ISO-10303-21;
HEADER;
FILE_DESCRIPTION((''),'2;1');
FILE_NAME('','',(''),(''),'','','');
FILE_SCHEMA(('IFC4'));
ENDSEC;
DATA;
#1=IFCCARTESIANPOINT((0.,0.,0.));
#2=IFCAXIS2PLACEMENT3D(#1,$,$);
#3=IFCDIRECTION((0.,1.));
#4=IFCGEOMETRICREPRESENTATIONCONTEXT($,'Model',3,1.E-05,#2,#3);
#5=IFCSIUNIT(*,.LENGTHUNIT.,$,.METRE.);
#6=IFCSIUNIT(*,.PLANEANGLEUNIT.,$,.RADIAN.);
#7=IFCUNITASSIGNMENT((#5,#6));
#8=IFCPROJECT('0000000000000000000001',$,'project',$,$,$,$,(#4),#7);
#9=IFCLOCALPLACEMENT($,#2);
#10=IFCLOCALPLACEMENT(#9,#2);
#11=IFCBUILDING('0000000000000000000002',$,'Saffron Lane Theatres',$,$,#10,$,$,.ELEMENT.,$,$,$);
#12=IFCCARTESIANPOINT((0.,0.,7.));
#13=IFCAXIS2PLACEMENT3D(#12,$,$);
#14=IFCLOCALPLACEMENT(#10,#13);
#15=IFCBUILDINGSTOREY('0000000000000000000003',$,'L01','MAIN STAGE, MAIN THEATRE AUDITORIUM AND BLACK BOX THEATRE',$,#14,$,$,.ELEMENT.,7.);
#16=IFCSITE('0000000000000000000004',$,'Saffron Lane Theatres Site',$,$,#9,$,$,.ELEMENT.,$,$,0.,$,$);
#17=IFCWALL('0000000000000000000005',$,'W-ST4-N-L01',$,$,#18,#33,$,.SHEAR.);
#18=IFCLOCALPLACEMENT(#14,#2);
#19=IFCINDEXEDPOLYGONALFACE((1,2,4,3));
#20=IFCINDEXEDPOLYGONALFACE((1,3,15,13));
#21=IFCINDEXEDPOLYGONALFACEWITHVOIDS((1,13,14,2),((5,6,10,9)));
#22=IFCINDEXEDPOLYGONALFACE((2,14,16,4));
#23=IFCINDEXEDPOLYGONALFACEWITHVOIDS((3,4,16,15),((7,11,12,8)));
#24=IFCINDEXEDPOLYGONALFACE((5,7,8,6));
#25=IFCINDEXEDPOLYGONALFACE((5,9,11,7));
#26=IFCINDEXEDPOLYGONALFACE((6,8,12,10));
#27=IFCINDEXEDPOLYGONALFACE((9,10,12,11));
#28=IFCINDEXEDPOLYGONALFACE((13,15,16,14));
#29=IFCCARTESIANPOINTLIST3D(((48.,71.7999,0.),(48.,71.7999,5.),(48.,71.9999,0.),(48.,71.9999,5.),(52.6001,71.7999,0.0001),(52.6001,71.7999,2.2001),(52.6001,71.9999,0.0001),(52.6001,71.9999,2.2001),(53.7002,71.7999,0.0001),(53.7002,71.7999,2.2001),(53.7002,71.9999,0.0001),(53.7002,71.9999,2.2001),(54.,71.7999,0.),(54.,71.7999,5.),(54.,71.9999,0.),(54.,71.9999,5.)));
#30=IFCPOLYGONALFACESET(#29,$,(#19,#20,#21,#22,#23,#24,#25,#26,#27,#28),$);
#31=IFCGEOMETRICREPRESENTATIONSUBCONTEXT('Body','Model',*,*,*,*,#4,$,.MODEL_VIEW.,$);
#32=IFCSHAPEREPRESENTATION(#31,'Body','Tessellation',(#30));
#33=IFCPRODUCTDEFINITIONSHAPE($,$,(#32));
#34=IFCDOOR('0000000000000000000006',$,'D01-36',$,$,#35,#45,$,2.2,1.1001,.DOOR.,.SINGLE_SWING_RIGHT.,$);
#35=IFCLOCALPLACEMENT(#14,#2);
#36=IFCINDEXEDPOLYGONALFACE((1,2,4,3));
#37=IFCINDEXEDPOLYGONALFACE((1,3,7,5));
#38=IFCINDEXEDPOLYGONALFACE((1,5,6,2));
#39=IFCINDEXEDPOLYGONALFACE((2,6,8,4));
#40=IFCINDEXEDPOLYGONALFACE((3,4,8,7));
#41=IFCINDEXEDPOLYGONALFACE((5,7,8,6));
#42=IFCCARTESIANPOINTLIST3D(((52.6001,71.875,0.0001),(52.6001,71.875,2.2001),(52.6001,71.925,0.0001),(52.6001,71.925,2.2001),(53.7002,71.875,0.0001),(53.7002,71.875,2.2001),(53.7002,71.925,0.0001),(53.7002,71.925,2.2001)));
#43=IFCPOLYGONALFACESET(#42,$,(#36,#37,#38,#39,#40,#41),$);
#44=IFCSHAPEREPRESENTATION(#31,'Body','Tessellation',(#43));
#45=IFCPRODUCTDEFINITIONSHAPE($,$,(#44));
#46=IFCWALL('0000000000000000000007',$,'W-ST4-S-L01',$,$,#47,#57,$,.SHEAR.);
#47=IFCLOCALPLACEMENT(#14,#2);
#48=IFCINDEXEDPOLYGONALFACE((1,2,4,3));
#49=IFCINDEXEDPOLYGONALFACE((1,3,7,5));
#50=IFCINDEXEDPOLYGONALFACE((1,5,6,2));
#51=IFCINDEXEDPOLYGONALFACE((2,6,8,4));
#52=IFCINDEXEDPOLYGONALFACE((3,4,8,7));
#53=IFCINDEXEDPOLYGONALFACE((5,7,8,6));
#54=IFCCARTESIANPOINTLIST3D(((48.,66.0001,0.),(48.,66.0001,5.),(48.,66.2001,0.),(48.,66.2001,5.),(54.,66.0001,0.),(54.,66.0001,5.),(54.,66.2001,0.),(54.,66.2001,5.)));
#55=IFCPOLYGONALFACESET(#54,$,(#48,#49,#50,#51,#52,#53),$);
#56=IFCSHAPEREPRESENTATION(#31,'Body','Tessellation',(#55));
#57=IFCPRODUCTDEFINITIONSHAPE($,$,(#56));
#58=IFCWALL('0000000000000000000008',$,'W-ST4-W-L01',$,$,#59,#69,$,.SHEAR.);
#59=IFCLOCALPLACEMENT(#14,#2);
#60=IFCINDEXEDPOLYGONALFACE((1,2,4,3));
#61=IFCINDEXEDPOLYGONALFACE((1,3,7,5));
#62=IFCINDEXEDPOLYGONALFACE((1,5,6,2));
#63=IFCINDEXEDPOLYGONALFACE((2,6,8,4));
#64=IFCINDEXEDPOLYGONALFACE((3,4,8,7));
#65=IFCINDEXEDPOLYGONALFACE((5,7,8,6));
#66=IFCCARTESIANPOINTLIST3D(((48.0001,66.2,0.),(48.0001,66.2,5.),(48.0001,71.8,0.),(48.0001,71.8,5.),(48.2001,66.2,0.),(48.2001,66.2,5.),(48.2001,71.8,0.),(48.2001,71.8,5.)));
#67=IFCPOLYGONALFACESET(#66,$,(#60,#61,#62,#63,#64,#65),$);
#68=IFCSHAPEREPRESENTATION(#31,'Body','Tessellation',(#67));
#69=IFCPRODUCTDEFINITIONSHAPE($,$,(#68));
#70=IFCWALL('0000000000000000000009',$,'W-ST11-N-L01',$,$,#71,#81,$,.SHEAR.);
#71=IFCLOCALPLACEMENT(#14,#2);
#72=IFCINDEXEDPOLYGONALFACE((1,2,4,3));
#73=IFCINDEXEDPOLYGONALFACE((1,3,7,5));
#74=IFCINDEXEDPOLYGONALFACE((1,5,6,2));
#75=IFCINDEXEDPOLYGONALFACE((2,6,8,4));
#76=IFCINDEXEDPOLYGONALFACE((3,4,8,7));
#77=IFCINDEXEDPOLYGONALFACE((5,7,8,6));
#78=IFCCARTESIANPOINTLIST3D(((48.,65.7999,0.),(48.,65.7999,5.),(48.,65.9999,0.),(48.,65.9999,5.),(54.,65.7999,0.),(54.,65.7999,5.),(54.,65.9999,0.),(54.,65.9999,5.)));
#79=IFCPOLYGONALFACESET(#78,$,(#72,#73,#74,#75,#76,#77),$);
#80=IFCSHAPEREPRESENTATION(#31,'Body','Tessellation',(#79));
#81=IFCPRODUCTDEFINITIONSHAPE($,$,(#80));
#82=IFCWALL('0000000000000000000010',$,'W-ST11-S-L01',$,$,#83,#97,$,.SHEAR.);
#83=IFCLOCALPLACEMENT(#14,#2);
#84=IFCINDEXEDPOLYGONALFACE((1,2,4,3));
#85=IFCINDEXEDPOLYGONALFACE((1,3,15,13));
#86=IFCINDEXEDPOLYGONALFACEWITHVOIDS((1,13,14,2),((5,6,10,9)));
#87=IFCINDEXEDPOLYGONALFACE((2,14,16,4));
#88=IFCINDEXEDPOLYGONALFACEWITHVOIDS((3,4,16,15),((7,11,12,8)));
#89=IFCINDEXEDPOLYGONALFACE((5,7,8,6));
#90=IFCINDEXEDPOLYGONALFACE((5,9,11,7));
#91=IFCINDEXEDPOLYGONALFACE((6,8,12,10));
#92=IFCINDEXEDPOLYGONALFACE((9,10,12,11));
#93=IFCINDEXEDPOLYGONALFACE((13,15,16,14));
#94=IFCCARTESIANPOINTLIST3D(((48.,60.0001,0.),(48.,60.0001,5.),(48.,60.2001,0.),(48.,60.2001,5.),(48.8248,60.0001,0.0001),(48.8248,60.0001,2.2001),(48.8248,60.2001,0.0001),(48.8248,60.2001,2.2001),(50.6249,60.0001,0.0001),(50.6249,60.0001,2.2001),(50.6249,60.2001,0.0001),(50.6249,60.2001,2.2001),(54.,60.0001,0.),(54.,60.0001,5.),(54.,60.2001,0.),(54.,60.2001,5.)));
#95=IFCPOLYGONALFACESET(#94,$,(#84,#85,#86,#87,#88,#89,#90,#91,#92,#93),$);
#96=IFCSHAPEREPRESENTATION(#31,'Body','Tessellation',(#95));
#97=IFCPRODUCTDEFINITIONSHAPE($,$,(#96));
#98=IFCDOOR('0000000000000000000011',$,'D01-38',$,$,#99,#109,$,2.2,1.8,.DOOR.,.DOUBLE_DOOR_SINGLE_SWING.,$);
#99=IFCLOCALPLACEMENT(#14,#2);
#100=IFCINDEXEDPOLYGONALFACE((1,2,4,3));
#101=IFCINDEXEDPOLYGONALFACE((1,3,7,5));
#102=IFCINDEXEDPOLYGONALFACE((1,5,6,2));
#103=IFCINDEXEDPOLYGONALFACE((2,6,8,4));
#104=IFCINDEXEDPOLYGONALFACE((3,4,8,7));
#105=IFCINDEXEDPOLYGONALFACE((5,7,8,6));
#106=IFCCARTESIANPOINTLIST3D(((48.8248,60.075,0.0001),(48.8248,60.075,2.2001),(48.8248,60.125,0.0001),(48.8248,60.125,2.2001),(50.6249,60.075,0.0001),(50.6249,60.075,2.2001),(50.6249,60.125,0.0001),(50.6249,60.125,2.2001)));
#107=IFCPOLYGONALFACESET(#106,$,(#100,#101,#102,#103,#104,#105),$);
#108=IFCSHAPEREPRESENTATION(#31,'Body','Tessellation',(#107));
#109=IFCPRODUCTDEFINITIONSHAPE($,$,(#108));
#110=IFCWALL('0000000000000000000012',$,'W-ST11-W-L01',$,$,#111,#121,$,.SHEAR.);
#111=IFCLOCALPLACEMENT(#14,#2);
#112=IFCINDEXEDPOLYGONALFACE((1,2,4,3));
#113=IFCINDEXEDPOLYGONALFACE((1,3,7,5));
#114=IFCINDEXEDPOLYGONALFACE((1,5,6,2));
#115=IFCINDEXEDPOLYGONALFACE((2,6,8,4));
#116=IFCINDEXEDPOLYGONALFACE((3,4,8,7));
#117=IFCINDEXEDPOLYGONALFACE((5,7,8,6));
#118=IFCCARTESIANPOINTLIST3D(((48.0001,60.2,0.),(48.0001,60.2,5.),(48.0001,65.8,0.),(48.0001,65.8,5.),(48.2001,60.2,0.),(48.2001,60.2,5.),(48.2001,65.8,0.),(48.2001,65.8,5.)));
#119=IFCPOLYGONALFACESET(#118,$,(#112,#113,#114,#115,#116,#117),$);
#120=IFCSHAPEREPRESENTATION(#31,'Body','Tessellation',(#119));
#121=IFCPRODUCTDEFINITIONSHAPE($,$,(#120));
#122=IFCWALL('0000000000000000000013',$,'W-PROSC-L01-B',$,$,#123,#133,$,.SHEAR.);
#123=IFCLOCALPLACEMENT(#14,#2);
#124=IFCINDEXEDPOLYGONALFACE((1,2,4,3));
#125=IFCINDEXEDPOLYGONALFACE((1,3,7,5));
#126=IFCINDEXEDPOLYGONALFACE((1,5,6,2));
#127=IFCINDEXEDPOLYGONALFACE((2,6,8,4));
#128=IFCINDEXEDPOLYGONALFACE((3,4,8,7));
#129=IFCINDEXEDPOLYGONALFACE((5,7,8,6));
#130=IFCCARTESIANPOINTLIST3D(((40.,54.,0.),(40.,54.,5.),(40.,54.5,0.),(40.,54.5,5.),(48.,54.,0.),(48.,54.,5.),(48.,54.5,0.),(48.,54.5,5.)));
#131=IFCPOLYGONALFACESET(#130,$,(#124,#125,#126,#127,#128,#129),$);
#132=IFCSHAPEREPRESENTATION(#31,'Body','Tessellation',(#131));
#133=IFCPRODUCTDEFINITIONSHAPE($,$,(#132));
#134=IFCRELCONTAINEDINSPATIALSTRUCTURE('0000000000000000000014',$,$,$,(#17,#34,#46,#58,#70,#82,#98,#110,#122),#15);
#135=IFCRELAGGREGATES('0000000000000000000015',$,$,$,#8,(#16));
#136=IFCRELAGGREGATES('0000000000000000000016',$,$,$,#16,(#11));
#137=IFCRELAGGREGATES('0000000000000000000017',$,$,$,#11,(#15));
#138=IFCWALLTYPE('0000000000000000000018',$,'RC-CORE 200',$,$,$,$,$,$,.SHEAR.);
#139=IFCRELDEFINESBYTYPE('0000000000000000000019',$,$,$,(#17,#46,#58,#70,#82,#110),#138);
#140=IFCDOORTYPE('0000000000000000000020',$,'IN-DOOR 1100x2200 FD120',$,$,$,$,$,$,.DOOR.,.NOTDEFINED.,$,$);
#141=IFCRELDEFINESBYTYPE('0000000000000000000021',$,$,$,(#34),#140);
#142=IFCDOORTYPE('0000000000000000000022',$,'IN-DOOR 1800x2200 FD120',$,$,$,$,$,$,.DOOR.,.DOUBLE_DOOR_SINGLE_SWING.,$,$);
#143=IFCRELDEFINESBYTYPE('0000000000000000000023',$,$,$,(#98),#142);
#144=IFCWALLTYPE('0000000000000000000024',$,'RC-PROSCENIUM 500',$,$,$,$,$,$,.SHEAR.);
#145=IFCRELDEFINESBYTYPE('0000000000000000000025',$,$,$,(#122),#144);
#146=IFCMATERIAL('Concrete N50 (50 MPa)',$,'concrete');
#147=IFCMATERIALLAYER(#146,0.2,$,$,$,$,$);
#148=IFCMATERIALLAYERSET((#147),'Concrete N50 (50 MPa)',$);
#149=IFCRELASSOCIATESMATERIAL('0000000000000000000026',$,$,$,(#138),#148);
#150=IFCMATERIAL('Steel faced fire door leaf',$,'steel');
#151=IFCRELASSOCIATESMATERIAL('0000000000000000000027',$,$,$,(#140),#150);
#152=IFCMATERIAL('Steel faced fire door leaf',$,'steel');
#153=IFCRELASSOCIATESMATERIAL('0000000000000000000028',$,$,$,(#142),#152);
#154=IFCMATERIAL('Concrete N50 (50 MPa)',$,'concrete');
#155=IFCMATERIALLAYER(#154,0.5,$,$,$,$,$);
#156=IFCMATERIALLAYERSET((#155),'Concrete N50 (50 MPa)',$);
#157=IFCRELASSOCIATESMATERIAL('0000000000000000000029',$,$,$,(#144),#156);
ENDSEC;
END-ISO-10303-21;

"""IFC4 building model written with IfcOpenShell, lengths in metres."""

from ifc_helpers import new_model, si_unit, direction, frame, frame_2d, origin, place, context, subcontext, project, spatial, rectangle, extrude, material, layer, layer_set, type_object, element, fill, save


model = new_model("IFC4")

# Units and contexts
model_context = context("Model", 3, precision=1e-05, world=origin(), true_north=direction((0.0, 1.0)))
body_context = subcontext(model_context, "Body", "Model", "MODEL_VIEW")
ifc_project = project(units=[si_unit("LENGTHUNIT", "METRE"), si_unit("PLANEANGLEUNIT", "RADIAN")], contexts=[model_context])

# Site, building, storey
site_placement = place(None, origin())
site = spatial("IfcSite", under=ifc_project, at=site_placement, Name="Saffron Lane Theatres Site", CompositionType="ELEMENT", RefElevation=0.0)
building_placement = place(site_placement, origin())
building = spatial("IfcBuilding", under=site, at=building_placement, Name="Saffron Lane Theatres", CompositionType="ELEMENT")
storey_placement = place(building_placement, frame((0.0, 0.0, 7.0)))
storey = spatial("IfcBuildingStorey", under=building, at=storey_placement, Name="L01", Description="MAIN STAGE, MAIN THEATRE AUDITORIUM AND BLACK BOX THEATRE", CompositionType="ELEMENT", Elevation=7.0)

# Wall, opening, door
ifc_material_1 = material(Name="Concrete N50 (50 MPa)", Category="concrete")
ifc_layer_1 = layer(ifc_material_1, 0.2)
ifc_layer_set_1 = layer_set([ifc_layer_1], Name="Concrete N50 (50 MPa)")
wall_type_1 = type_object("IfcWallType", Name="RC-CORE 200", PredefinedType="SHEAR", material=ifc_layer_set_1)
wall_1_placement = place(storey_placement, frame((48.0, 71.8999, 0.0), z_axis=(0.0, 0.0, 1.0), x_axis=(1.0, 0.0, 0.0)))
wall_1 = element("IfcWall", 1, at=wall_1_placement, inside=storey, type_object=wall_type_1, Name="W-ST4-N-L01", PredefinedType="SHEAR", context=body_context, shape_type="SweptSolid", body=[
    extrude(rectangle(XDim=6.0, YDim=0.2, at=frame_2d((3.0, 0.0))), origin(), (0.0, 0.0, 1.0), 5.0),
])
opening_1_placement = place(wall_1_placement, frame((4.6001, 0.0, 0.0)))
opening_1 = element("IfcOpeningElement", 2, at=opening_1_placement, cuts=wall_1, PredefinedType="OPENING", context=body_context, shape_type="SweptSolid", body=[
    extrude(rectangle(XDim=1.1001, YDim=2.2, at=frame_2d((0.55, 1.1001))), frame((0.0, 0.1099, 0.0), z_axis=(0.0, -1.0, 0.0), x_axis=(1.0, 0.0, 0.0)), (0.0, 0.0, 1.0), 0.22),
])
ifc_material_2 = material(Name="Steel faced fire door leaf", Category="steel")
door_type_1 = type_object("IfcDoorType", Name="IN-DOOR 1100x2200 FD120", OperationType="NOTDEFINED", PredefinedType="DOOR", material=ifc_material_2)
door_1_placement = place(opening_1_placement, frame((1.1001, 0.0, 0.0), z_axis=(0.0, 0.0, 1.0), x_axis=(-1.0, 0.0, 0.0)))
door_1 = element("IfcDoor", 3, at=door_1_placement, inside=storey, type_object=door_type_1, Name="D01-36", OperationType="SINGLE_SWING_RIGHT", OverallHeight=2.2, OverallWidth=1.1001, PredefinedType="DOOR", context=body_context, shape_type="SweptSolid", body=[
    extrude(rectangle(XDim=1.1001, YDim=2.2, at=frame_2d((0.55, 1.1001))), frame((0.0, 0.0249, 0.0), z_axis=(0.0, -1.0, 0.0), x_axis=(1.0, 0.0, 0.0)), (0.0, 0.0, 1.0), 0.05),
])
fill(opening_1, door_1)

# Walls
wall_2_placement = place(storey_placement, frame((48.0, 66.1001, 0.0), z_axis=(0.0, 0.0, 1.0), x_axis=(1.0, 0.0, 0.0)))
element("IfcWall", 4, at=wall_2_placement, inside=storey, type_object=wall_type_1, Name="W-ST4-S-L01", PredefinedType="SHEAR", context=body_context, shape_type="SweptSolid", body=[
    extrude(rectangle(XDim=6.0, YDim=0.2, at=frame_2d((3.0, 0.0))), origin(), (0.0, 0.0, 1.0), 5.0),
])
wall_3_placement = place(storey_placement, frame((48.1001, 66.2, 0.0), z_axis=(0.0, 0.0, 1.0), x_axis=(0.0, 1.0, 0.0)))
element("IfcWall", 5, at=wall_3_placement, inside=storey, type_object=wall_type_1, Name="W-ST4-W-L01", PredefinedType="SHEAR", context=body_context, shape_type="SweptSolid", body=[
    extrude(rectangle(XDim=5.6001, YDim=0.2, at=frame_2d((2.8, 0.0))), origin(), (0.0, 0.0, 1.0), 5.0),
])
wall_4_placement = place(storey_placement, frame((48.0, 65.8999, 0.0), z_axis=(0.0, 0.0, 1.0), x_axis=(1.0, 0.0, 0.0)))
element("IfcWall", 6, at=wall_4_placement, inside=storey, type_object=wall_type_1, Name="W-ST11-N-L01", PredefinedType="SHEAR", context=body_context, shape_type="SweptSolid", body=[
    extrude(rectangle(XDim=6.0, YDim=0.2, at=frame_2d((3.0, 0.0))), origin(), (0.0, 0.0, 1.0), 5.0),
])

# Wall, opening, door
wall_5_placement = place(storey_placement, frame((48.0, 60.1001, 0.0), z_axis=(0.0, 0.0, 1.0), x_axis=(1.0, 0.0, 0.0)))
wall_5 = element("IfcWall", 7, at=wall_5_placement, inside=storey, type_object=wall_type_1, Name="W-ST11-S-L01", PredefinedType="SHEAR", context=body_context, shape_type="SweptSolid", body=[
    extrude(rectangle(XDim=6.0, YDim=0.2, at=frame_2d((3.0, 0.0))), origin(), (0.0, 0.0, 1.0), 5.0),
])
opening_2_placement = place(wall_5_placement, frame((0.825, 0.0, 0.0)))
opening_2 = element("IfcOpeningElement", 8, at=opening_2_placement, cuts=wall_5, PredefinedType="OPENING", context=body_context, shape_type="SweptSolid", body=[
    extrude(rectangle(XDim=1.8, YDim=2.2, at=frame_2d((0.8999, 1.1001))), frame((0.0, 0.1099, 0.0), z_axis=(0.0, -1.0, 0.0), x_axis=(1.0, 0.0, 0.0)), (0.0, 0.0, 1.0), 0.22),
])
ifc_material_3 = material(Name="Steel faced fire door leaf", Category="steel")
door_type_2 = type_object("IfcDoorType", Name="IN-DOOR 1800x2200 FD120", OperationType="DOUBLE_DOOR_SINGLE_SWING", PredefinedType="DOOR", material=ifc_material_3)
door_2_placement = place(opening_2_placement, origin())
door_2 = element("IfcDoor", 9, at=door_2_placement, inside=storey, type_object=door_type_2, Name="D01-38", OperationType="DOUBLE_DOOR_SINGLE_SWING", OverallHeight=2.2, OverallWidth=1.8, PredefinedType="DOOR", context=body_context, shape_type="SweptSolid", body=[
    extrude(rectangle(XDim=1.8, YDim=2.2, at=frame_2d((0.8999, 1.1001))), frame((0.0, 0.0249, 0.0), z_axis=(0.0, -1.0, 0.0), x_axis=(1.0, 0.0, 0.0)), (0.0, 0.0, 1.0), 0.05),
])
fill(opening_2, door_2)

# Walls
wall_6_placement = place(storey_placement, frame((48.1001, 60.2, 0.0), z_axis=(0.0, 0.0, 1.0), x_axis=(0.0, 1.0, 0.0)))
element("IfcWall", 10, at=wall_6_placement, inside=storey, type_object=wall_type_1, Name="W-ST11-W-L01", PredefinedType="SHEAR", context=body_context, shape_type="SweptSolid", body=[
    extrude(rectangle(XDim=5.6001, YDim=0.2, at=frame_2d((2.8, 0.0))), origin(), (0.0, 0.0, 1.0), 5.0),
])
ifc_material_4 = material(Name="Concrete N50 (50 MPa)", Category="concrete")
ifc_layer_2 = layer(ifc_material_4, 0.5)
ifc_layer_set_2 = layer_set([ifc_layer_2], Name="Concrete N50 (50 MPa)")
wall_type_2 = type_object("IfcWallType", Name="RC-PROSCENIUM 500", PredefinedType="SHEAR", material=ifc_layer_set_2)
wall_7_placement = place(storey_placement, frame((40.0, 54.25, 0.0), z_axis=(0.0, 0.0, 1.0), x_axis=(1.0, 0.0, 0.0)))
element("IfcWall", 11, at=wall_7_placement, inside=storey, type_object=wall_type_2, Name="W-PROSC-L01-B", PredefinedType="SHEAR", context=body_context, shape_type="SweptSolid", body=[
    extrude(rectangle(XDim=8.0, YDim=0.5, at=frame_2d((4.0, 0.0))), origin(), (0.0, 0.0, 1.0), 5.0),
])

save(model, "model.ifc")
